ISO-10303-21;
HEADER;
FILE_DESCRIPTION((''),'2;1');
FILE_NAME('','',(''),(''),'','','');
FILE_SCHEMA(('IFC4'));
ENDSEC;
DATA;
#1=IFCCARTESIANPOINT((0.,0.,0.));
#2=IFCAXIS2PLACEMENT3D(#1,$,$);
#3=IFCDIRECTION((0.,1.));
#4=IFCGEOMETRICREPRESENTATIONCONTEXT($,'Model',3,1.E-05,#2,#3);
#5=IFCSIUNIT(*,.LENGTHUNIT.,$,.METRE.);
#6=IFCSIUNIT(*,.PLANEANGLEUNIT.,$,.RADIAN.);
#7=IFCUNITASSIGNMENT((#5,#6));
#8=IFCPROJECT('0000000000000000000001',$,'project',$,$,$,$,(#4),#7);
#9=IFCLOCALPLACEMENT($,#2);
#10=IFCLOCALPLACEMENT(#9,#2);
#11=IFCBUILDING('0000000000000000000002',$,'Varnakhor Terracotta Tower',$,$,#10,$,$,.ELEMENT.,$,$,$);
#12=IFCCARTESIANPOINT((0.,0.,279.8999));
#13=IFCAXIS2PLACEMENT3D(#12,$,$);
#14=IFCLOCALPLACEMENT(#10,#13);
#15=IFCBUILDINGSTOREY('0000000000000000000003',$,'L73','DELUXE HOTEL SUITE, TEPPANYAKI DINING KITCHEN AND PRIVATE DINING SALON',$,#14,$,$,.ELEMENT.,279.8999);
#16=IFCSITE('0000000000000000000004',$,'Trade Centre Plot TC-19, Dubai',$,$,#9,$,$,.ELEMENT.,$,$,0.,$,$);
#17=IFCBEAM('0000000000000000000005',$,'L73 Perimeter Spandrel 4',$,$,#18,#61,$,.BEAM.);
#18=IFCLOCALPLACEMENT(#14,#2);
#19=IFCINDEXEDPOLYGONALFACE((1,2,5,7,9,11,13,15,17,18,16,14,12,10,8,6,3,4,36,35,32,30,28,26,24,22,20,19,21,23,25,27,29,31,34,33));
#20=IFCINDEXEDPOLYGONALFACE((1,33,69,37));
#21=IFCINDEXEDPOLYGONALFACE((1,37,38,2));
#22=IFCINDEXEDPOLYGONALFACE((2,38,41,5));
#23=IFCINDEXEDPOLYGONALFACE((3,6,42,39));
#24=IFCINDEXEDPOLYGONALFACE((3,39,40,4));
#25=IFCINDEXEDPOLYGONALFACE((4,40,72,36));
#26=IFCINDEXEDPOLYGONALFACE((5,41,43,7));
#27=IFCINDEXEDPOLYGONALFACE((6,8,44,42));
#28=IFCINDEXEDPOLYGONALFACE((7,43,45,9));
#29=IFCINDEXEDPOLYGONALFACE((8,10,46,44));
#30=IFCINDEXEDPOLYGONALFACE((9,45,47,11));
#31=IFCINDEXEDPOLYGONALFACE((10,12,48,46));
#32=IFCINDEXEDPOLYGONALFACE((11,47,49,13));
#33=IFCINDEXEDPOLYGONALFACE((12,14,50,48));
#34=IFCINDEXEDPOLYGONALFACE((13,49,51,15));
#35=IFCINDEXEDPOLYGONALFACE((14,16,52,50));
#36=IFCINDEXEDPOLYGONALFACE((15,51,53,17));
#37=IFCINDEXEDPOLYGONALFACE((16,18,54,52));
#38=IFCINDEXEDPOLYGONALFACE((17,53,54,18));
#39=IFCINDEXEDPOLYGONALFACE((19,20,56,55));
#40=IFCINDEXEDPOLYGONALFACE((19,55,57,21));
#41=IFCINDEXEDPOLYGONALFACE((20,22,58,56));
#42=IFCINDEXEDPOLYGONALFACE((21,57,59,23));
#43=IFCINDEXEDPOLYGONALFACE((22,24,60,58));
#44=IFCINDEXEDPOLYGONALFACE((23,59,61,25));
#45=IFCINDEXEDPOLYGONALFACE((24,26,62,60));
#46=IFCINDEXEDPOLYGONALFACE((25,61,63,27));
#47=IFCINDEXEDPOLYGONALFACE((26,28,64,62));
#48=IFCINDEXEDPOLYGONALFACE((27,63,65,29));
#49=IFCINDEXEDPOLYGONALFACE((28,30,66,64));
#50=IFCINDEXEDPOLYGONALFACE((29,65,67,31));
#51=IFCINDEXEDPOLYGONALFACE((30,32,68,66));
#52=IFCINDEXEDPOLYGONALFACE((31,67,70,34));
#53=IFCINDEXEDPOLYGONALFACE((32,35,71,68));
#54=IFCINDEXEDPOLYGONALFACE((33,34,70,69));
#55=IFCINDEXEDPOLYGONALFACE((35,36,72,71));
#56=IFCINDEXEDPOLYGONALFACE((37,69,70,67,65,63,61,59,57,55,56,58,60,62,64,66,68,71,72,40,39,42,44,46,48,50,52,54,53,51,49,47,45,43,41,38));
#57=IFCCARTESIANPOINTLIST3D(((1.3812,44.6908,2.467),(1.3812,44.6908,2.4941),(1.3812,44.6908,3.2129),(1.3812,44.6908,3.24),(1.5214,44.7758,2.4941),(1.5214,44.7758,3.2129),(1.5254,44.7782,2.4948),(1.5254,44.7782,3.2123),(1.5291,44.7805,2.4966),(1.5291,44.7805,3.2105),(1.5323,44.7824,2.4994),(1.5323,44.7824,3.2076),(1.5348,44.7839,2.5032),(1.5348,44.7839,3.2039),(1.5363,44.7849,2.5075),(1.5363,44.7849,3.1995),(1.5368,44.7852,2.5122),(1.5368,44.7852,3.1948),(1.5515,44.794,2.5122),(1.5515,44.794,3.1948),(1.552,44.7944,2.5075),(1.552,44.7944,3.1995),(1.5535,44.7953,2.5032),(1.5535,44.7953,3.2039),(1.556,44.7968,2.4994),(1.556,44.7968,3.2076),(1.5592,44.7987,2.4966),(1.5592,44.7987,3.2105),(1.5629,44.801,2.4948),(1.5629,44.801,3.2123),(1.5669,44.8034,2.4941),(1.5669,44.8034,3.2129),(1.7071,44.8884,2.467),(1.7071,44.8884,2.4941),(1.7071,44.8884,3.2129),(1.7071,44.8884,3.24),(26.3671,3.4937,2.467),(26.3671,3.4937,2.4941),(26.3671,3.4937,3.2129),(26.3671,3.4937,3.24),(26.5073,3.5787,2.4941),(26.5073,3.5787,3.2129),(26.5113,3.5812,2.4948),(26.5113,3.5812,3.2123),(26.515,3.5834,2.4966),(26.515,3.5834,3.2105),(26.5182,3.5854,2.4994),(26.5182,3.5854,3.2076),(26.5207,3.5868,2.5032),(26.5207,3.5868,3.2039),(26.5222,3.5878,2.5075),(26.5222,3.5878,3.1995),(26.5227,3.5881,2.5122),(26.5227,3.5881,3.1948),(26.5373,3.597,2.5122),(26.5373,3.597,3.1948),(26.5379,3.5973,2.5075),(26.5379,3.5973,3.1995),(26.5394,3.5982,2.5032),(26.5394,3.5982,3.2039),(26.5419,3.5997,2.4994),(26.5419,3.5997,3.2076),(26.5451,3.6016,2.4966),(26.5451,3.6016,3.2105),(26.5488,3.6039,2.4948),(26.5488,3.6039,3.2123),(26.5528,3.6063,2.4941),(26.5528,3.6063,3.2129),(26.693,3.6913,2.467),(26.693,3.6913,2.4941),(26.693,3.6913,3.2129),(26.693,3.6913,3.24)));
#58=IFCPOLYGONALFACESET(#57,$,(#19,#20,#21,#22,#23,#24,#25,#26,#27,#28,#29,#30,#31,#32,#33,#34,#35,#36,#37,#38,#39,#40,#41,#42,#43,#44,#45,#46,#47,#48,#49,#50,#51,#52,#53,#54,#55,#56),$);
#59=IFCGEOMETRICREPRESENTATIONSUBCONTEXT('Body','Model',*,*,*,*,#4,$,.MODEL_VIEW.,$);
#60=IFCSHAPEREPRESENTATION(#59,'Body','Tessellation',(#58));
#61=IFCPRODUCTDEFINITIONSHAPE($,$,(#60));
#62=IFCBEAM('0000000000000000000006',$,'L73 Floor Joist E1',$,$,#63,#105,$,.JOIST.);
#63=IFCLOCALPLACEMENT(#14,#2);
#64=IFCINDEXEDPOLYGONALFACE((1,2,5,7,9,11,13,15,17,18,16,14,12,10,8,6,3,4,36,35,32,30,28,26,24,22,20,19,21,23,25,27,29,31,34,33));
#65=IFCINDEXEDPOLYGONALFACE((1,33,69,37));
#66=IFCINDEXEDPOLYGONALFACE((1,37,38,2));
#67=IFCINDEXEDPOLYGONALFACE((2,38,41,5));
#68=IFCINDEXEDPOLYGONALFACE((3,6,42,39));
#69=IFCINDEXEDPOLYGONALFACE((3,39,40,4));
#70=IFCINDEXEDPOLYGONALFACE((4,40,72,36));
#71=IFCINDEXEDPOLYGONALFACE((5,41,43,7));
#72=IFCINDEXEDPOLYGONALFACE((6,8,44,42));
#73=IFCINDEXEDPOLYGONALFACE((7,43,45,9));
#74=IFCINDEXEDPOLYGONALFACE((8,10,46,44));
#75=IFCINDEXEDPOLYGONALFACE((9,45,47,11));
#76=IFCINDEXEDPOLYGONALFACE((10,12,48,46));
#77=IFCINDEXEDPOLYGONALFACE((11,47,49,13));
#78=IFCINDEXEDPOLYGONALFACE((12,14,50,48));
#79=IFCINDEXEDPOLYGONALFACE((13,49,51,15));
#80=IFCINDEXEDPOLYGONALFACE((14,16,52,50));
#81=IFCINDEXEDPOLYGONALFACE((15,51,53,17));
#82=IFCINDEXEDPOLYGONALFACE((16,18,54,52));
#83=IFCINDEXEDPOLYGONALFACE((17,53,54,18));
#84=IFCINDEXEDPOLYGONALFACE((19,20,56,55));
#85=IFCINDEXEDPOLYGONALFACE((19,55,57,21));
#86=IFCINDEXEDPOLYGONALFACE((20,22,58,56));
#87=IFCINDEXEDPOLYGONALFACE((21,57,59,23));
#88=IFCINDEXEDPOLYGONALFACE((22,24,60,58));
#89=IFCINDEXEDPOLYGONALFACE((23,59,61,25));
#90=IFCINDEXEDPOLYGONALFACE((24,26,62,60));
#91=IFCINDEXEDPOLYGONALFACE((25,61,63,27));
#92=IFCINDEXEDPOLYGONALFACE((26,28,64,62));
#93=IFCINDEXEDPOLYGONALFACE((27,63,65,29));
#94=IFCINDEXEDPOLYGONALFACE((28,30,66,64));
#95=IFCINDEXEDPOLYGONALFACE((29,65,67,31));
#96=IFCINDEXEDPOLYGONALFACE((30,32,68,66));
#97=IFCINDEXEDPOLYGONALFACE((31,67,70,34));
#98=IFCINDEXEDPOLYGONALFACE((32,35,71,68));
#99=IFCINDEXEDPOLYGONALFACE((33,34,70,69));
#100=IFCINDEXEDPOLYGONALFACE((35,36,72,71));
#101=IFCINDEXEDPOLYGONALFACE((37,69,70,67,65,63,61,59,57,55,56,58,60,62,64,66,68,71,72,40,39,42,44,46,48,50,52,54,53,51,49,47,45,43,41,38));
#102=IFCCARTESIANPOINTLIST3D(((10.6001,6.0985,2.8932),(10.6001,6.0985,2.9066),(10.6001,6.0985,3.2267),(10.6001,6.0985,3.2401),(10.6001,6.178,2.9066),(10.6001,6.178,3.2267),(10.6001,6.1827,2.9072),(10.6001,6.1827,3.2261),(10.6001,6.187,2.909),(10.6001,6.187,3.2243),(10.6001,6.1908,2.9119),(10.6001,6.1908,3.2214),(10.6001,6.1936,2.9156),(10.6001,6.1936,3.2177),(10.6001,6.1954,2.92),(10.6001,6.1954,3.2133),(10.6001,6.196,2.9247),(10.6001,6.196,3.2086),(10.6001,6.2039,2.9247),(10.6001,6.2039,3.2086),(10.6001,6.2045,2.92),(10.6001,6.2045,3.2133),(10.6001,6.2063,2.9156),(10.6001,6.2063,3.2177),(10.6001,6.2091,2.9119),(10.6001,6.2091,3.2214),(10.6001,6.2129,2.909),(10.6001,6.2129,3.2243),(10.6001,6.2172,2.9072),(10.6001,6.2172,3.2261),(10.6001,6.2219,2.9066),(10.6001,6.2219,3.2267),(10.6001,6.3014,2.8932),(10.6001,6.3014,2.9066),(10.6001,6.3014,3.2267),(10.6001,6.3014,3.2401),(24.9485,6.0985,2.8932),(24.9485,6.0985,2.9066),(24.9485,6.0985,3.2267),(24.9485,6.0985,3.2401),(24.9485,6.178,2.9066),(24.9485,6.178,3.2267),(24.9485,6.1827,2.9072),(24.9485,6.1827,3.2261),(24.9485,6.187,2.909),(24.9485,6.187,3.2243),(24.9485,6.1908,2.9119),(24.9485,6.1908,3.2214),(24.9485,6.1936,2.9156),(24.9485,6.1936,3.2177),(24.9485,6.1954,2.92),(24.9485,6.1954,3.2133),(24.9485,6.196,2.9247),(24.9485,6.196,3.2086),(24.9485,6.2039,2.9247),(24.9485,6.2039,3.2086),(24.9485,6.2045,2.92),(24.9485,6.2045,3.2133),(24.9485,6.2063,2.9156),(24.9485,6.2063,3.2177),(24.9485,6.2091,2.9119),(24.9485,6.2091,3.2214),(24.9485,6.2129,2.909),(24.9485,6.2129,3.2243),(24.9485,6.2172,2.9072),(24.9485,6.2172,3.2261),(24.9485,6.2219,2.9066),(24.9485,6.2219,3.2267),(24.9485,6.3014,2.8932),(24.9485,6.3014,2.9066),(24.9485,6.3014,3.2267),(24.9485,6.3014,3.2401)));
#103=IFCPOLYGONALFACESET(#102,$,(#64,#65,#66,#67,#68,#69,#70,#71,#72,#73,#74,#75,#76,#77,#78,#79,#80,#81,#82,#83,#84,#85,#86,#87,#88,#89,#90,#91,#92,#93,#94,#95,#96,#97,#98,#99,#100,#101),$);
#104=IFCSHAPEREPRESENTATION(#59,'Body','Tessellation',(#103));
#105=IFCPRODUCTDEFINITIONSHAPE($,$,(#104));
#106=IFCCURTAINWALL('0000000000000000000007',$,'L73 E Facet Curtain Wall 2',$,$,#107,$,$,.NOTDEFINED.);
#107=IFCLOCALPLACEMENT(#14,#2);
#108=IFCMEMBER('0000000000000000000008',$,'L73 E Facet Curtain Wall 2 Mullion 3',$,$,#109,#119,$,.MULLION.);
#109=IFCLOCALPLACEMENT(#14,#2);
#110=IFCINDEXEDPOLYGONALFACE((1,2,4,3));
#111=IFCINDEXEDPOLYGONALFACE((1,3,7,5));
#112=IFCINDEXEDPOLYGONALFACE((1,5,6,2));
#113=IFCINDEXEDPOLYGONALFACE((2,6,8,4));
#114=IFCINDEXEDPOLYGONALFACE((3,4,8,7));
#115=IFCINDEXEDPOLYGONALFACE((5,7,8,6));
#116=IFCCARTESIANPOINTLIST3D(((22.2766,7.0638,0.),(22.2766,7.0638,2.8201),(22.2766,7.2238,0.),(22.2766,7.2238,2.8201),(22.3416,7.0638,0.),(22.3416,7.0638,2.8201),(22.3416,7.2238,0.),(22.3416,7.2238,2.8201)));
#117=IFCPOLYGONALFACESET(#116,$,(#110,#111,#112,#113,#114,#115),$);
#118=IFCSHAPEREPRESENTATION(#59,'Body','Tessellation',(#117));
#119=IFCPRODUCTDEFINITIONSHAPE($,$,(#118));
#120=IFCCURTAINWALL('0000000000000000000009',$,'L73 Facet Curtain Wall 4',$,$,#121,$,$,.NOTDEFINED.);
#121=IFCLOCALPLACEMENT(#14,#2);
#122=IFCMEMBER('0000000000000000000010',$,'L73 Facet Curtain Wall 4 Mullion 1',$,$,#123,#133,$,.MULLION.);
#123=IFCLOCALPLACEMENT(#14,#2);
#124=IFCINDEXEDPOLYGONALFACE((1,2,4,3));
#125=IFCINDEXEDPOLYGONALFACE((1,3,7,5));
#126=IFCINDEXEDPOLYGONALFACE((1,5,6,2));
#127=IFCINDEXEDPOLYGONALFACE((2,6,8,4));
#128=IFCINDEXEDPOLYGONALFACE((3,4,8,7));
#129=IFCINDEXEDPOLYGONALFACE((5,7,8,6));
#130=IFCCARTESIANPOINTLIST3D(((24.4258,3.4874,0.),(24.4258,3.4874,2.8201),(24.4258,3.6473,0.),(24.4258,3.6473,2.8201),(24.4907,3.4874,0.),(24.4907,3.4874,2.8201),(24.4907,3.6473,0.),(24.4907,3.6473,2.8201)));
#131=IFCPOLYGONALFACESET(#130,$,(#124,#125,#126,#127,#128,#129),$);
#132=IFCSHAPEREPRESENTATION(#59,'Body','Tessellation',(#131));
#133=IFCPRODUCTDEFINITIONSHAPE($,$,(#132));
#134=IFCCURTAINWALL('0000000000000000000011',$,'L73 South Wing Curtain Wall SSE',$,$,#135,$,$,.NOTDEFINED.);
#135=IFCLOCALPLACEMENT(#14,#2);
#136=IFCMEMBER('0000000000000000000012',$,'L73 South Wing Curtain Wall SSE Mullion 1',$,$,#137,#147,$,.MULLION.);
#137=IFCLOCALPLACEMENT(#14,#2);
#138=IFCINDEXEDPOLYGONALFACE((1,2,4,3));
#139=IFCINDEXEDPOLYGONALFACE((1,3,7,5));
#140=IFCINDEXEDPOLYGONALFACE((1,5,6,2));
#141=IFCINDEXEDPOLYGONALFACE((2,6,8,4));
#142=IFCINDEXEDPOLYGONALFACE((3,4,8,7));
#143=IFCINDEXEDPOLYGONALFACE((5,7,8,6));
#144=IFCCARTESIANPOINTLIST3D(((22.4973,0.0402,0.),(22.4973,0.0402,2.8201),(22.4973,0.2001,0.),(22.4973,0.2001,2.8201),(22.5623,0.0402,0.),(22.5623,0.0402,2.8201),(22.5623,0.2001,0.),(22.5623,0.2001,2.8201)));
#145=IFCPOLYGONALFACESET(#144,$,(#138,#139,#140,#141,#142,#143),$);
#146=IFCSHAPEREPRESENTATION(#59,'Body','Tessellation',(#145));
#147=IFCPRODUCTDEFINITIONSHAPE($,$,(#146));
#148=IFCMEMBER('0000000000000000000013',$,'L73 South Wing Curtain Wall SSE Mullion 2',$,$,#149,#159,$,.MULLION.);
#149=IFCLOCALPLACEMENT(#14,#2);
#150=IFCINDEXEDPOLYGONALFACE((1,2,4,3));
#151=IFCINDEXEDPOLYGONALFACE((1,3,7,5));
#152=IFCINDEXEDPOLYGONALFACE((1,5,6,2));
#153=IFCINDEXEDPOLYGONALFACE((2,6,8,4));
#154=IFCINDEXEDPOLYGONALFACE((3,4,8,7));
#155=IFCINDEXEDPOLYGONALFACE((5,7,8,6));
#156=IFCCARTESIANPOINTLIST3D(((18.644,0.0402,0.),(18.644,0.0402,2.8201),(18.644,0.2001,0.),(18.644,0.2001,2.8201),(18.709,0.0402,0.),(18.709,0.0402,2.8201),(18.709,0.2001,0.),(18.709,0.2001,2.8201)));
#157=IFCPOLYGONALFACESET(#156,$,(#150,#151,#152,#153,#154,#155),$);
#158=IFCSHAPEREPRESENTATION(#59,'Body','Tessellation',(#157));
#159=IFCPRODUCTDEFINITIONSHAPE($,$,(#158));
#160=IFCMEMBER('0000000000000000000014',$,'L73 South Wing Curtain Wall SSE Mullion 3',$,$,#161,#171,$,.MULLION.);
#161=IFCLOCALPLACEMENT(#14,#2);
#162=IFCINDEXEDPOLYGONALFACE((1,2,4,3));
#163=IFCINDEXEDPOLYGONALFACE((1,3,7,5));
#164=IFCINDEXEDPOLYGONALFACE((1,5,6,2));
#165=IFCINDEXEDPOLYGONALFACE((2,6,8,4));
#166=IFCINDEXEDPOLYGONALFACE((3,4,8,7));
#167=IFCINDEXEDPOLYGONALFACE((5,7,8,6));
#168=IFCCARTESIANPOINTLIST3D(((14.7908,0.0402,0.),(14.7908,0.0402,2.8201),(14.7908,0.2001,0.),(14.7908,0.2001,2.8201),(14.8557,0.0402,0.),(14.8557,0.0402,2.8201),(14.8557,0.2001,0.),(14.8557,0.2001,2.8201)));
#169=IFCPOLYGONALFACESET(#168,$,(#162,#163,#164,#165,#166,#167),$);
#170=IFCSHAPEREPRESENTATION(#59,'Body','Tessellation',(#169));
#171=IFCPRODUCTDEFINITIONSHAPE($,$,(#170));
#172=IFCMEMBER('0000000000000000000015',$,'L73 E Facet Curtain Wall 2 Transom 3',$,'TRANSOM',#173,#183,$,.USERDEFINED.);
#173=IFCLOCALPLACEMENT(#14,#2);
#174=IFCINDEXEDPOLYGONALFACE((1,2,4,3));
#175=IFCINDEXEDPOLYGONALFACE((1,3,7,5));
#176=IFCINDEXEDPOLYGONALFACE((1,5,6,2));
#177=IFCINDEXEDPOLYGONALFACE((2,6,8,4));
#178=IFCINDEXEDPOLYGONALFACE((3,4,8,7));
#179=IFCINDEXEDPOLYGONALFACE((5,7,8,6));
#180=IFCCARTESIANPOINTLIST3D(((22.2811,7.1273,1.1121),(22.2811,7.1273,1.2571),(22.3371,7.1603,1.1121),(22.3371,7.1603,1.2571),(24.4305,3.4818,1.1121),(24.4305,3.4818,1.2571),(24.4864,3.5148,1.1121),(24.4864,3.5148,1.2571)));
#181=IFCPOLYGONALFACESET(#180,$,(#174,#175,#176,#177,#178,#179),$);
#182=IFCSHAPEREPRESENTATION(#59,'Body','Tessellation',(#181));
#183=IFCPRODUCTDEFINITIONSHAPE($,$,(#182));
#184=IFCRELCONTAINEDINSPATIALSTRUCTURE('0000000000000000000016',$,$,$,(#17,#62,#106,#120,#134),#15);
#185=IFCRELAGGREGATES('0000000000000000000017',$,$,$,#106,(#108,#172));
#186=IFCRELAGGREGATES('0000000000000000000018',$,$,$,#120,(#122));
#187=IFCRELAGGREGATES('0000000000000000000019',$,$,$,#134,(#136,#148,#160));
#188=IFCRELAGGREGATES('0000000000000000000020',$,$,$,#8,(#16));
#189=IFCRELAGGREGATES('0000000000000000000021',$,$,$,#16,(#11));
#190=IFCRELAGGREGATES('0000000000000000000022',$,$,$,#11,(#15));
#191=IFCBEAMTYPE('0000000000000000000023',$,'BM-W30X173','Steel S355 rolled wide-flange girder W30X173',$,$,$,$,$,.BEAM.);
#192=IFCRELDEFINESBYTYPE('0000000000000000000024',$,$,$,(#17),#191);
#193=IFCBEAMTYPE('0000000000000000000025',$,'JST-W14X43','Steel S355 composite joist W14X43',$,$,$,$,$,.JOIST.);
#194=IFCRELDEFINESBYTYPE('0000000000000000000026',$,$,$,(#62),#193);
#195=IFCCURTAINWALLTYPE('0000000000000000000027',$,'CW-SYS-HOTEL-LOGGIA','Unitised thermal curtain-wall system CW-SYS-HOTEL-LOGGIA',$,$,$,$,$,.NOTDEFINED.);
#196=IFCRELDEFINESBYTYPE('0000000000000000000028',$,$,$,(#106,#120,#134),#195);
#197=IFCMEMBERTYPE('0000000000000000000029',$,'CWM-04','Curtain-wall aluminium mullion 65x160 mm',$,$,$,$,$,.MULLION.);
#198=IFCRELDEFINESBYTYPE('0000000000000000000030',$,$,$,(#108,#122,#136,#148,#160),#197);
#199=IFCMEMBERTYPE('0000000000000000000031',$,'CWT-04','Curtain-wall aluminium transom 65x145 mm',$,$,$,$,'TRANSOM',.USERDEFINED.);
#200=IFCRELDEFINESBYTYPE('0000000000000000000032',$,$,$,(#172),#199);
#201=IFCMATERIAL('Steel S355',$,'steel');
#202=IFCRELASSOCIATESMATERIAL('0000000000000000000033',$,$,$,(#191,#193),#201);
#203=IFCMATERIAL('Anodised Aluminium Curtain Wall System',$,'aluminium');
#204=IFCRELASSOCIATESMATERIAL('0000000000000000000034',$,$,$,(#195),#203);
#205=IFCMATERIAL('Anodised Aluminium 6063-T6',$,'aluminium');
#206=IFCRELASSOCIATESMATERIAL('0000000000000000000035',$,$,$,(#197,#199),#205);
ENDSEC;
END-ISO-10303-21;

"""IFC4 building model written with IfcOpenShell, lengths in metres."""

from ifc_helpers import new_model, si_unit, direction, frame, origin, origin_2d, place, context, subcontext, project, spatial, rectangle, i_section, extrude, source, transform, mapped, material, material_profile, profile_set, type_object, type_shapes, element, aggregate, save


model = new_model("IFC4")

# Units and contexts
model_context = context("Model", 3, precision=1e-05, world=origin(), true_north=direction((0.0, 1.0)))
body_context = subcontext(model_context, "Body", "Model", "MODEL_VIEW")
ifc_project = project(units=[si_unit("LENGTHUNIT", "METRE"), si_unit("PLANEANGLEUNIT", "RADIAN")], contexts=[model_context])

# Site, building, storey
site_placement = place(None, origin())
site = spatial("IfcSite", under=ifc_project, at=site_placement, Name="Trade Centre Plot TC-19, Dubai", CompositionType="ELEMENT", RefElevation=0.0)
building_placement = place(site_placement, origin())
building = spatial("IfcBuilding", under=site, at=building_placement, Name="Varnakhor Terracotta Tower", CompositionType="ELEMENT")
storey_placement = place(building_placement, frame((0.0, 0.0, 279.8999)))
storey = spatial("IfcBuildingStorey", under=building, at=storey_placement, Name="L73", Description="DELUXE HOTEL SUITE, TEPPANYAKI DINING KITCHEN AND PRIVATE DINING SALON", CompositionType="ELEMENT", Elevation=279.8999)

# Shared definitions
ifc_material_1 = material(Name="Steel S355", Category="steel")

# Beams
ifc_material_profile_1 = material_profile(ifc_material_1, i_section(OverallWidth=0.3811, OverallDepth=0.7729, WebThickness=0.0171, FlangeThickness=0.0271, FilletRadius=0.0181, at=origin_2d()), Name="W30X173")
ifc_profile_set_1 = profile_set([ifc_material_profile_1], Name="Steel S355")
beam_type_1 = type_object("IfcBeamType", Name="BM-W30X173", Description="Steel S355 rolled wide-flange girder W30X173", PredefinedType="BEAM", material=ifc_profile_set_1)
shared_shape_1 = source(origin(), body_context, "Body", "SweptSolid", [
    extrude(i_section(OverallWidth=0.3811, OverallDepth=0.7729, WebThickness=0.0171, FlangeThickness=0.0271, FilletRadius=0.0181, at=origin_2d()), origin(), (0.0, 0.0, 1.0), 48.1819),
])
beam_1_placement = place(storey_placement, frame((26.53, 3.5925, 2.8535), z_axis=(-0.518574, 0.855033, 0.0), x_axis=(-0.855033, -0.518574, 0.0)))
element("IfcBeam", 1, at=beam_1_placement, inside=storey, type_object=beam_type_1, Name="L73 Perimeter Spandrel 4", PredefinedType="BEAM", context=body_context, shape_type="MappedRepresentation", body=[
    mapped(shared_shape_1, transform((0.0, 0.0, 0.0), scale=1.0)),
])
ifc_material_profile_2 = material_profile(ifc_material_1, i_section(OverallWidth=0.2029, OverallDepth=0.3469, WebThickness=0.0078, FlangeThickness=0.0134, FilletRadius=0.0181, at=origin_2d()), Name="W14X43")
ifc_profile_set_2 = profile_set([ifc_material_profile_2], Name="Steel S355")
beam_type_2 = type_object("IfcBeamType", Name="JST-W14X43", Description="Steel S355 composite joist W14X43", PredefinedType="JOIST", material=ifc_profile_set_2)
shared_shape_2 = source(origin(), body_context, "Body", "SweptSolid", [
    extrude(i_section(OverallWidth=0.2029, OverallDepth=0.3469, WebThickness=0.0078, FlangeThickness=0.0134, FilletRadius=0.0181, at=origin_2d()), origin(), (0.0, 0.0, 1.0), 14.3484),
])
beam_2_placement = place(storey_placement, frame((10.6001, 6.2, 3.0667), z_axis=(1.0, 0.0, 0.0), x_axis=(0.0, 1.0, 0.0)))
element("IfcBeam", 2, at=beam_2_placement, inside=storey, type_object=beam_type_2, Name="L73 Floor Joist E1", PredefinedType="JOIST", context=body_context, shape_type="MappedRepresentation", body=[
    mapped(shared_shape_2, transform((0.0, 0.0, 0.0), scale=1.0)),
])

# Curtain walls, members
ifc_material_2 = material(Name="Anodised Aluminium Curtain Wall System", Category="aluminium")
curtain_wall_type = type_object("IfcCurtainWallType", Name="CW-SYS-HOTEL-LOGGIA", Description="Unitised thermal curtain-wall system CW-SYS-HOTEL-LOGGIA", PredefinedType="NOTDEFINED", material=ifc_material_2)
curtain_wall_1_placement = place(storey_placement, origin())
curtain_wall_1 = element("IfcCurtainWall", 3, at=curtain_wall_1_placement, inside=storey, type_object=curtain_wall_type, Name="L73 E Facet Curtain Wall 2", PredefinedType="NOTDEFINED")
ifc_material_3 = material(Name="Anodised Aluminium 6063-T6", Category="aluminium")
ifc_material_profile_3 = material_profile(ifc_material_3, rectangle(XDim=0.0649, YDim=0.1599, at=origin_2d()), Name="ALU MULLION 65x160")
ifc_profile_set_3 = profile_set([ifc_material_profile_3], Name="Anodised Aluminium 6063-T6")
member_type_1 = type_object("IfcMemberType", Name="CWM-04", Description="Curtain-wall aluminium mullion 65x160 mm", PredefinedType="MULLION", material=ifc_profile_set_3)
shared_shape_3 = source(origin(), body_context, "Body", "SweptSolid", [
    extrude(rectangle(XDim=0.0649, YDim=0.1599, at=origin_2d()), origin(), (0.0, 0.0, 1.0), 2.8201),
])
type_shapes(member_type_1, [shared_shape_3])
member_1_placement = place(storey_placement, frame((22.3091, 7.1438, 0.0), z_axis=(0.0, 0.0, 1.0), x_axis=(1.0, 0.0, 0.0)))
member_1 = element("IfcMember", 4, at=member_1_placement, type_object=member_type_1, Name="L73 E Facet Curtain Wall 2 Mullion 3", PredefinedType="MULLION", context=body_context, shape_type="MappedRepresentation", body=[
    mapped(shared_shape_3, transform((0.0, 0.0, 0.0), scale=1.0)),
])
curtain_wall_2_placement = place(storey_placement, origin())
curtain_wall_2 = element("IfcCurtainWall", 5, at=curtain_wall_2_placement, inside=storey, type_object=curtain_wall_type, Name="L73 Facet Curtain Wall 4", PredefinedType="NOTDEFINED")
member_2_placement = place(storey_placement, frame((24.4583, 3.5674, 0.0), z_axis=(0.0, 0.0, 1.0), x_axis=(1.0, 0.0, 0.0)))
member_2 = element("IfcMember", 6, at=member_2_placement, type_object=member_type_1, Name="L73 Facet Curtain Wall 4 Mullion 1", PredefinedType="MULLION", context=body_context, shape_type="MappedRepresentation", body=[
    mapped(shared_shape_3, transform((0.0, 0.0, 0.0), scale=1.0)),
])

# Curtain wall, members
curtain_wall_3_placement = place(storey_placement, origin())
curtain_wall_3 = element("IfcCurtainWall", 7, at=curtain_wall_3_placement, inside=storey, type_object=curtain_wall_type, Name="L73 South Wing Curtain Wall SSE", PredefinedType="NOTDEFINED")
member_3_placement = place(storey_placement, frame((22.5298, 0.1201, 0.0), z_axis=(0.0, 0.0, 1.0), x_axis=(1.0, 0.0, 0.0)))
member_3 = element("IfcMember", 8, at=member_3_placement, type_object=member_type_1, Name="L73 South Wing Curtain Wall SSE Mullion 1", PredefinedType="MULLION", context=body_context, shape_type="MappedRepresentation", body=[
    mapped(shared_shape_3, transform((0.0, 0.0, 0.0), scale=1.0)),
])
member_4_placement = place(storey_placement, frame((18.6765, 0.1201, 0.0), z_axis=(0.0, 0.0, 1.0), x_axis=(1.0, 0.0, 0.0)))
member_4 = element("IfcMember", 9, at=member_4_placement, type_object=member_type_1, Name="L73 South Wing Curtain Wall SSE Mullion 2", PredefinedType="MULLION", context=body_context, shape_type="MappedRepresentation", body=[
    mapped(shared_shape_3, transform((0.0, 0.0, 0.0), scale=1.0)),
])
member_5_placement = place(storey_placement, frame((14.8232, 0.1201, 0.0), z_axis=(0.0, 0.0, 1.0), x_axis=(1.0, 0.0, 0.0)))
member_5 = element("IfcMember", 10, at=member_5_placement, type_object=member_type_1, Name="L73 South Wing Curtain Wall SSE Mullion 3", PredefinedType="MULLION", context=body_context, shape_type="MappedRepresentation", body=[
    mapped(shared_shape_3, transform((0.0, 0.0, 0.0), scale=1.0)),
])

# Member
ifc_material_profile_4 = material_profile(ifc_material_3, rectangle(XDim=0.0649, YDim=0.145, at=origin_2d()), Name="ALU TRANSOM 65x145")
ifc_profile_set_4 = profile_set([ifc_material_profile_4], Name="Anodised Aluminium 6063-T6")
member_type_2 = type_object("IfcMemberType", Name="CWT-04", Description="Curtain-wall aluminium transom 65x145 mm", ElementType="TRANSOM", PredefinedType="USERDEFINED", material=ifc_profile_set_4)
shared_shape_4 = source(origin(), body_context, "Body", "SweptSolid", [
    extrude(rectangle(XDim=0.0649, YDim=0.145, at=origin_2d()), origin(), (0.0, 0.0, 1.0), 4.2319),
])
member_6_placement = place(storey_placement, frame((22.3091, 7.1438, 1.1846), z_axis=(0.507897, -0.861418, 0.0), x_axis=(0.861418, 0.507897, 0.0)))
member_6 = element("IfcMember", 11, at=member_6_placement, type_object=member_type_2, Name="L73 E Facet Curtain Wall 2 Transom 3", ObjectType="TRANSOM", PredefinedType="USERDEFINED", context=body_context, shape_type="MappedRepresentation", body=[
    mapped(shared_shape_4, transform((0.0, 0.0, 0.0), scale=1.0)),
])

aggregate(curtain_wall_1, [member_1, member_6])
aggregate(curtain_wall_2, [member_2])
aggregate(curtain_wall_3, [member_3, member_4, member_5])

save(model, "model.ifc")
